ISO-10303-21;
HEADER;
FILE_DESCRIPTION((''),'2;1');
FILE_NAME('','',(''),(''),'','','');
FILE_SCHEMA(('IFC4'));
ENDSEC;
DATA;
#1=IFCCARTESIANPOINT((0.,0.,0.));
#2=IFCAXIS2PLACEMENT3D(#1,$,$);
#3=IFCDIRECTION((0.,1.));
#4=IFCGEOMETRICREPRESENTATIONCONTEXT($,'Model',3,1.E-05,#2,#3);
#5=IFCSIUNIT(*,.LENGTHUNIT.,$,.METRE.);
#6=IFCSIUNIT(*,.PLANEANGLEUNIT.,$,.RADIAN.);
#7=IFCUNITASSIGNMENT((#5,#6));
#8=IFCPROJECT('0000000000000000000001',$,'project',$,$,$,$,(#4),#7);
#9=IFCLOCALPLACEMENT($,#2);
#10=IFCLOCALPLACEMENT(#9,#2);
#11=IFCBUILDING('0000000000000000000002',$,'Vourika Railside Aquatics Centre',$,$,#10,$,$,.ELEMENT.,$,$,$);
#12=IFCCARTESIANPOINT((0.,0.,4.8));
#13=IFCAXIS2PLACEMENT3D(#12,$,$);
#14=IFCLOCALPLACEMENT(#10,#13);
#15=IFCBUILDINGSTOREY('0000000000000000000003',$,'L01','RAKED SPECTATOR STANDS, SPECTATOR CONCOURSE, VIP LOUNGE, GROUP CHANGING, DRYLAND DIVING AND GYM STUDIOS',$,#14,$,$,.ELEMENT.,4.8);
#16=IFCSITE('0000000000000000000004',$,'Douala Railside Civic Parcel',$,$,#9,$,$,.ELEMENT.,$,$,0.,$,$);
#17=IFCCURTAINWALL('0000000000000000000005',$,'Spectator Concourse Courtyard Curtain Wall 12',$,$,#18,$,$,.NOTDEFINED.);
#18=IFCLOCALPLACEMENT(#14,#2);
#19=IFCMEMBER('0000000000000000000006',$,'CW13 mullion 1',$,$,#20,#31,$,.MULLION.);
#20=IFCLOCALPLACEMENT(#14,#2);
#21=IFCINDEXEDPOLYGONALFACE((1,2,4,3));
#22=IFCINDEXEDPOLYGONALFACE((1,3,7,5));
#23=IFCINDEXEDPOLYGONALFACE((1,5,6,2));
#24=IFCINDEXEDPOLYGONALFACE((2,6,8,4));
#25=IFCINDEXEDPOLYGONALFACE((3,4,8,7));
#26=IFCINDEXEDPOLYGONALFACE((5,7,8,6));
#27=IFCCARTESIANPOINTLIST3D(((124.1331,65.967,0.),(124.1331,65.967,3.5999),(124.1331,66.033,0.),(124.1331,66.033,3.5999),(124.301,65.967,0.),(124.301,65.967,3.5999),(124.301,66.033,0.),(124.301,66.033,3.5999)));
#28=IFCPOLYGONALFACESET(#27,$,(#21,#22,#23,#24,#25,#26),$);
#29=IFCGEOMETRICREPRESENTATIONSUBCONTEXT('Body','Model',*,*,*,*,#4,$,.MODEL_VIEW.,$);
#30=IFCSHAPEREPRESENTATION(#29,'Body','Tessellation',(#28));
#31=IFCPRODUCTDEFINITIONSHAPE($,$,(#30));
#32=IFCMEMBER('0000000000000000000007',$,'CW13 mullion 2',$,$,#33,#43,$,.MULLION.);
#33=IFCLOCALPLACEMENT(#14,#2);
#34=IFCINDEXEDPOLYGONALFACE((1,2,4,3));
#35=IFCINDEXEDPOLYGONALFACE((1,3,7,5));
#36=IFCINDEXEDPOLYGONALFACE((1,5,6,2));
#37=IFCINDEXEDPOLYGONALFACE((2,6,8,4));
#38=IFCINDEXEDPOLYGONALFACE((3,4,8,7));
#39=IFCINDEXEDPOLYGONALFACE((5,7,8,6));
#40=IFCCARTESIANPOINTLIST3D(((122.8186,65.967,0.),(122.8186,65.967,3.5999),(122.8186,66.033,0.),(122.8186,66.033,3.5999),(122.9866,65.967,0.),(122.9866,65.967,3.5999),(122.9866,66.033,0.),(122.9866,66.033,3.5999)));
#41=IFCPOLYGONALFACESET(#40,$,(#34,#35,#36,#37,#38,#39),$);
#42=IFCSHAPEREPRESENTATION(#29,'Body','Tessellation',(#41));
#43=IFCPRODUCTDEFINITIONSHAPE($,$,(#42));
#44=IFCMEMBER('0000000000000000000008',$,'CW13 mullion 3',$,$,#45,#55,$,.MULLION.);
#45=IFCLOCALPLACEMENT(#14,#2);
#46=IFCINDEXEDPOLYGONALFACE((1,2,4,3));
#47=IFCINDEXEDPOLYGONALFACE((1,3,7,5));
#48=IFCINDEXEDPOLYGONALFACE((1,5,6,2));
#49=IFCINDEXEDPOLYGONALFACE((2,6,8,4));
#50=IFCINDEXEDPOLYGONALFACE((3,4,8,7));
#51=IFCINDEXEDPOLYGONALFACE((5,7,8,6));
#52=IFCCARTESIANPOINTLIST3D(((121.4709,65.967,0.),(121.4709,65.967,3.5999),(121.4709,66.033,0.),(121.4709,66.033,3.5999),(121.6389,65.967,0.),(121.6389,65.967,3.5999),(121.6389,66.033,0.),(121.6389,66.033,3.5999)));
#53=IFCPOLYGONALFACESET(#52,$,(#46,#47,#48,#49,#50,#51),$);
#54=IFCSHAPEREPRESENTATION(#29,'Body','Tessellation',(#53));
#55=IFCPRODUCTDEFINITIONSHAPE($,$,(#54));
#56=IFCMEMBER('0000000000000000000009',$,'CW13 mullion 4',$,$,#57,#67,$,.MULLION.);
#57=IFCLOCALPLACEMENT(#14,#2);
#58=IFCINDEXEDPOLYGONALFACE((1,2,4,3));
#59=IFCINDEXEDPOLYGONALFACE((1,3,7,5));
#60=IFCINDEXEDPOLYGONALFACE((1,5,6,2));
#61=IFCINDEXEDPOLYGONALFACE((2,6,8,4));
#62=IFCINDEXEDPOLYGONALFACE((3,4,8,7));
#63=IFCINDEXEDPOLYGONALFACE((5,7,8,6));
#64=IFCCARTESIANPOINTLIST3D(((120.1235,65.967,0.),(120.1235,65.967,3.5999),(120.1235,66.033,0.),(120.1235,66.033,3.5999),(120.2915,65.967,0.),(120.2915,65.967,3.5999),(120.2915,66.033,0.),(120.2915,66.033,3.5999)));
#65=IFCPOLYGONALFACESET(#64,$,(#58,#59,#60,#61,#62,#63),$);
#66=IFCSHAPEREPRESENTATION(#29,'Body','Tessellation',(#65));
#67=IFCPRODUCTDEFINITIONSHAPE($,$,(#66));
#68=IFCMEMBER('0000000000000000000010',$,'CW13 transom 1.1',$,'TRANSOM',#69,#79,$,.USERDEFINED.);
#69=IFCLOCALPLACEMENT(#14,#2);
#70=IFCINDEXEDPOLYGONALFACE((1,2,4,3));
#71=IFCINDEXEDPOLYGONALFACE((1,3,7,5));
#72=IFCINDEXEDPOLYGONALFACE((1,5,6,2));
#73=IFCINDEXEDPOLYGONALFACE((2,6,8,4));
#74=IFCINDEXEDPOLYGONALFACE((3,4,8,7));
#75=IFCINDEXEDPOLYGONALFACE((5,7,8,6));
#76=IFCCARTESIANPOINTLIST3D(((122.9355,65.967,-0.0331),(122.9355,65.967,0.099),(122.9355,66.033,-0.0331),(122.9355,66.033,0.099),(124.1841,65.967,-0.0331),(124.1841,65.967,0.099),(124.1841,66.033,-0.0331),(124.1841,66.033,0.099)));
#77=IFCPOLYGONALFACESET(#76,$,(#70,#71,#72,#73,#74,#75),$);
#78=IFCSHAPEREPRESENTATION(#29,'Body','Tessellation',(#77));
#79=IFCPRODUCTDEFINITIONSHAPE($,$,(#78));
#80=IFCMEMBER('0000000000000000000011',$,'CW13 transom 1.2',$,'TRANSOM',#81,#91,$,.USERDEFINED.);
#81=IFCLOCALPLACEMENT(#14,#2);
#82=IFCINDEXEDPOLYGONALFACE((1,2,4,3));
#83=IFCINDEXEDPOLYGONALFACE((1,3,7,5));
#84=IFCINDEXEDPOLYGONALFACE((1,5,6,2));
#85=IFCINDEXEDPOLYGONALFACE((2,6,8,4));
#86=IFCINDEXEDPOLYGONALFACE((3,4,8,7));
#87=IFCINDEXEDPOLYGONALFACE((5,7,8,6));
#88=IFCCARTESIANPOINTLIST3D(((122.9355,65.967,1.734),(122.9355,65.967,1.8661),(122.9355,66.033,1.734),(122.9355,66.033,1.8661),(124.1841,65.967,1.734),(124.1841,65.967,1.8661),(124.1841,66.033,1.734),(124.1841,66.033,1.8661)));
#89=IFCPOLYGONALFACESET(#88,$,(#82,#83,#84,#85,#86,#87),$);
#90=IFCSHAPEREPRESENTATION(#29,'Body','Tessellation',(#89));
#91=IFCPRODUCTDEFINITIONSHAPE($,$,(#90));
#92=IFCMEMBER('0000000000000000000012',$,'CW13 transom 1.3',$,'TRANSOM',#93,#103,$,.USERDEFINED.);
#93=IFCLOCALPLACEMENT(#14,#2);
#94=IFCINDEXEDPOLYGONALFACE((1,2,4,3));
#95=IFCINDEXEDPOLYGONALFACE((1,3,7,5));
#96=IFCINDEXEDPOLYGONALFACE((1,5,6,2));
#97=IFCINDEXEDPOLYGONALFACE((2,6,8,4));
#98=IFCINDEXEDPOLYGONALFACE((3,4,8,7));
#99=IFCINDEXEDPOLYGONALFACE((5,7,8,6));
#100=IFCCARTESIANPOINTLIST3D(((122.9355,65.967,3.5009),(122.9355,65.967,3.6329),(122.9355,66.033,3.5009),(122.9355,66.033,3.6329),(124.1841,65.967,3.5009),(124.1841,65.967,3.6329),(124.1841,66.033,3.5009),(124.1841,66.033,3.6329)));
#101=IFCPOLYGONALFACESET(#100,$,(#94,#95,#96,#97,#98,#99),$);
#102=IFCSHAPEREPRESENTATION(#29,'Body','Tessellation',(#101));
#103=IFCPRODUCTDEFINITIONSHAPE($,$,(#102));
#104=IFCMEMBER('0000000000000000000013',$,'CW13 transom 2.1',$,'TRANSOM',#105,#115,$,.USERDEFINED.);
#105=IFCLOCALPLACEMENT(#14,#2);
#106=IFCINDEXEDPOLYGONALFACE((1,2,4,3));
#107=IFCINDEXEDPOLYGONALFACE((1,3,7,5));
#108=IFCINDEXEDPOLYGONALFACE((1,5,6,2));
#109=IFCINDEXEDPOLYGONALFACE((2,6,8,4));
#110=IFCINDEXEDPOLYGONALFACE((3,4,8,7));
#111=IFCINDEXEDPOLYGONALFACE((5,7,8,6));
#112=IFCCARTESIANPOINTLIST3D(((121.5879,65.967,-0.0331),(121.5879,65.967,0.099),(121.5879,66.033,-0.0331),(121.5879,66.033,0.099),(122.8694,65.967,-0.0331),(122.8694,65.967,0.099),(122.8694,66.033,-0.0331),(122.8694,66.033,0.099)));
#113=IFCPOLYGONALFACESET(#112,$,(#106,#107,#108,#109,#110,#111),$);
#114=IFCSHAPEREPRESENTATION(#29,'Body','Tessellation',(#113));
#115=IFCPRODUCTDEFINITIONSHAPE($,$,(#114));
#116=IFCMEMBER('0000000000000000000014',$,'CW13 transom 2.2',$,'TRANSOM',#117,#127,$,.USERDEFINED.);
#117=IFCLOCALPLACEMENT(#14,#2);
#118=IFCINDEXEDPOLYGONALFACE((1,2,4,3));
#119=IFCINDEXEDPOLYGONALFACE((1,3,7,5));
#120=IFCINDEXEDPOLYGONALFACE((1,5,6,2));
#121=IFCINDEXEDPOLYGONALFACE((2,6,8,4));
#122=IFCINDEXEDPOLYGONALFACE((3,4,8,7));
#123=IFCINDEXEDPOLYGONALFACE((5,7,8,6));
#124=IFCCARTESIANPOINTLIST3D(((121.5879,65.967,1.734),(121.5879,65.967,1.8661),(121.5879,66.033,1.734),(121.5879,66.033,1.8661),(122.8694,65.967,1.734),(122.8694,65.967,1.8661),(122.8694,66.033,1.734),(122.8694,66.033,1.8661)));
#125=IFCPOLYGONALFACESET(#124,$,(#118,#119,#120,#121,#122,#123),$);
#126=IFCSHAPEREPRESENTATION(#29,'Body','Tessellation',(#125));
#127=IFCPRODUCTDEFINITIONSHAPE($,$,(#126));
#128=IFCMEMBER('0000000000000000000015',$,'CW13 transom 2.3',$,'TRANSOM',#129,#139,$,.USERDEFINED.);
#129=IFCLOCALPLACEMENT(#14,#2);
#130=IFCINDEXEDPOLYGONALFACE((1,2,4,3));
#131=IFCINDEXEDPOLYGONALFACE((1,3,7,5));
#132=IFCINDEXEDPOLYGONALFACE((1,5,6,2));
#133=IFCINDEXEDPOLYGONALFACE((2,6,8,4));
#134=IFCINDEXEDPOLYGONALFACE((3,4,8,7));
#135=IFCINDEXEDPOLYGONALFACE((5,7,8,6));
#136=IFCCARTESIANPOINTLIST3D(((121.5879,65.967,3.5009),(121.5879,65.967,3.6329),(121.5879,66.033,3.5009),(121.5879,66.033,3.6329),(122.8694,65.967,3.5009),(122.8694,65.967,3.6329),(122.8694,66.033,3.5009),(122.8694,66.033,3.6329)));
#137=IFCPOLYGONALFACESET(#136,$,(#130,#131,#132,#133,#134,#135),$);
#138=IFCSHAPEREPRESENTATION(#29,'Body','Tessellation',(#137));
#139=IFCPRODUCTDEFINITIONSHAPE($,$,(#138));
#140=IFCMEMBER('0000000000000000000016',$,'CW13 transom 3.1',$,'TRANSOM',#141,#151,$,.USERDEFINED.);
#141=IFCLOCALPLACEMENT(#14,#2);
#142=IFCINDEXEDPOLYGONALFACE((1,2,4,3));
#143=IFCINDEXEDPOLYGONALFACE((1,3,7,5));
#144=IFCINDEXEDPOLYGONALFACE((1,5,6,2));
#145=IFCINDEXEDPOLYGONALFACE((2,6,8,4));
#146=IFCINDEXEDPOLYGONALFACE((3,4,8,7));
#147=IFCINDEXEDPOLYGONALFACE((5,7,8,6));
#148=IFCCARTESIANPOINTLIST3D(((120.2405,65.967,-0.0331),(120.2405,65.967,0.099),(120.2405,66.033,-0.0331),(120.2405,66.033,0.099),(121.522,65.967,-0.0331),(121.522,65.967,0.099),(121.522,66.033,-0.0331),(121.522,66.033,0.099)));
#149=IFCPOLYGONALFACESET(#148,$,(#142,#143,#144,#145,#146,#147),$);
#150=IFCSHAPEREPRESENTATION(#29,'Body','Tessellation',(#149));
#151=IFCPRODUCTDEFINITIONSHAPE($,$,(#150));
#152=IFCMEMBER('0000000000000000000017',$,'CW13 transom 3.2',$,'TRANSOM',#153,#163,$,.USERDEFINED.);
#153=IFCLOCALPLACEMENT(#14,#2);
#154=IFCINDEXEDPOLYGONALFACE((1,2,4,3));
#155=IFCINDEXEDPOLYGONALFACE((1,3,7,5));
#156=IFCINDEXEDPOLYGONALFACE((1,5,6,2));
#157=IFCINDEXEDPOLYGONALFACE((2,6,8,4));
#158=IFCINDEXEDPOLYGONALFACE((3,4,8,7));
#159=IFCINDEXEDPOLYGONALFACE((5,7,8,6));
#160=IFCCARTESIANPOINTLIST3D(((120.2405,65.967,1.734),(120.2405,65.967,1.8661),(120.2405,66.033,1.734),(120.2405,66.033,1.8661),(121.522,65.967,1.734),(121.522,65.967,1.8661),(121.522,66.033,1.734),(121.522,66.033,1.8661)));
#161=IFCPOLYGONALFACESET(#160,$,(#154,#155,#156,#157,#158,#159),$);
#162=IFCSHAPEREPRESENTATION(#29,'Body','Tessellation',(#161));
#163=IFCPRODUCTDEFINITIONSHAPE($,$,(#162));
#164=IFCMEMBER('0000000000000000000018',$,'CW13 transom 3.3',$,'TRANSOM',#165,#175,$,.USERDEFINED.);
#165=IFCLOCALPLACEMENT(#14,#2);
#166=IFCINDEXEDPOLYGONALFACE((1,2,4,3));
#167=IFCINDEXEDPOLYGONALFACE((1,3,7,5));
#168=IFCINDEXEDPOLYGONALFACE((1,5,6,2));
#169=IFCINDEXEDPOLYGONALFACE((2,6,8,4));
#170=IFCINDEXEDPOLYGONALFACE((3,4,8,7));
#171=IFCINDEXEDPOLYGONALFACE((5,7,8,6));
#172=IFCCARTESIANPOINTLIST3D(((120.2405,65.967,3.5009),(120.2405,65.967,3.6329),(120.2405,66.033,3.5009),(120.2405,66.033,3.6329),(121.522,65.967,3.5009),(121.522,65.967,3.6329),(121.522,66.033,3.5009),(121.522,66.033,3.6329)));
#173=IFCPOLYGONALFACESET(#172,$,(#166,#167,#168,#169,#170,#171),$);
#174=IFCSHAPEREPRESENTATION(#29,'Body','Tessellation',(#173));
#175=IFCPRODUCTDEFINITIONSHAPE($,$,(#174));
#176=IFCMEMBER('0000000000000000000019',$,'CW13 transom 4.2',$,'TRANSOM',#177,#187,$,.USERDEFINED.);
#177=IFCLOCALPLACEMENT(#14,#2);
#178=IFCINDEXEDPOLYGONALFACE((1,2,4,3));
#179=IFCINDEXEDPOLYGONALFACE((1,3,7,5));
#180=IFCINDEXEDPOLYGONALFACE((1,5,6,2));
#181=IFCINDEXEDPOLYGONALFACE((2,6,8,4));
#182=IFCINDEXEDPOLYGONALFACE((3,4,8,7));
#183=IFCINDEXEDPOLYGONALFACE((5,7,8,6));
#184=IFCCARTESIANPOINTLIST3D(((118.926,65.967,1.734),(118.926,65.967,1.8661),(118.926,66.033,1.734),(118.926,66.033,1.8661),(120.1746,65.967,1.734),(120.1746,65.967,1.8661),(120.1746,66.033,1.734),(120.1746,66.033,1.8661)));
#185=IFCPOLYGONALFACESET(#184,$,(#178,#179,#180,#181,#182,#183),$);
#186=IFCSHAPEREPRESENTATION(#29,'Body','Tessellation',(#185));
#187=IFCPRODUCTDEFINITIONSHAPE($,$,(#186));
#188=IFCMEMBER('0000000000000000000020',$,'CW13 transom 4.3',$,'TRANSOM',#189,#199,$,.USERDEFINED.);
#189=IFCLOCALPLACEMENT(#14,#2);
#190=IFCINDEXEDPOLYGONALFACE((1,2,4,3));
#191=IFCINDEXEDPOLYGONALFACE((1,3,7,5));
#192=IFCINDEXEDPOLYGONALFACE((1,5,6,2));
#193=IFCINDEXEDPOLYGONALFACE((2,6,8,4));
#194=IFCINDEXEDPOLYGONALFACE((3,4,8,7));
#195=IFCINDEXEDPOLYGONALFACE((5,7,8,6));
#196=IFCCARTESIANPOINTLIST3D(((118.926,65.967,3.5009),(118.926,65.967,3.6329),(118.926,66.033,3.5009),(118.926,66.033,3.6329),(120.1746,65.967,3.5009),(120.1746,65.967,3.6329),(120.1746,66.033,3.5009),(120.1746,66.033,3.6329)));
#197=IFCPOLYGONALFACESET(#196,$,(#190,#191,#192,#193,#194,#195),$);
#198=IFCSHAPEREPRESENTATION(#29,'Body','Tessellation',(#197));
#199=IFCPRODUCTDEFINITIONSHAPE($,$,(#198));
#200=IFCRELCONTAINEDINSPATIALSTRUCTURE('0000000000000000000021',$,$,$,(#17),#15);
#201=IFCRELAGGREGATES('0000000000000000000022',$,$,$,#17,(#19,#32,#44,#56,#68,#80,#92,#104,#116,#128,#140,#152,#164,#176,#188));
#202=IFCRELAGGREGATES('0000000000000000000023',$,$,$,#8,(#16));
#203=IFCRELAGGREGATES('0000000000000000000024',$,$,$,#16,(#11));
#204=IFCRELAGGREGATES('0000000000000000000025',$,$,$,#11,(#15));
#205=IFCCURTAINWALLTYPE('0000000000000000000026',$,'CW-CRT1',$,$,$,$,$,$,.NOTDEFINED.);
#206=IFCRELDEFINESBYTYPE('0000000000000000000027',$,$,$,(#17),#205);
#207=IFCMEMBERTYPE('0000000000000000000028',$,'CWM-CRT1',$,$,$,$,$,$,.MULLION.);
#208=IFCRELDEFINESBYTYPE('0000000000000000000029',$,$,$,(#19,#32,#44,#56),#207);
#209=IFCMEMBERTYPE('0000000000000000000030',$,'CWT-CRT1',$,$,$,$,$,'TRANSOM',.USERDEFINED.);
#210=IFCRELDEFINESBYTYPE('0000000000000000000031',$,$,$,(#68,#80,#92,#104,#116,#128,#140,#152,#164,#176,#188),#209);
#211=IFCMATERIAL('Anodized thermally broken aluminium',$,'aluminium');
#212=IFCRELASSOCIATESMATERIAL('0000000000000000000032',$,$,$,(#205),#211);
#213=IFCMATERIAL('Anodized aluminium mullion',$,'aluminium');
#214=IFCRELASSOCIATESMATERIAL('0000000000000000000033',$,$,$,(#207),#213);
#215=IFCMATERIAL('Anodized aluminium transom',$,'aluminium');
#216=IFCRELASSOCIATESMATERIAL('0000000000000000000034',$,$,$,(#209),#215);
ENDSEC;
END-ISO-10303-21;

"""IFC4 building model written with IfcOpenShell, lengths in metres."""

from ifc_helpers import new_model, si_unit, direction, frame, origin, origin_2d, place, context, subcontext, project, spatial, rectangle, extrude, material, material_profile, profile_set, type_object, element, aggregate, save


model = new_model("IFC4")

# Units and contexts
model_context = context("Model", 3, precision=1e-05, world=origin(), true_north=direction((0.0, 1.0)))
body_context = subcontext(model_context, "Body", "Model", "MODEL_VIEW")
ifc_project = project(units=[si_unit("LENGTHUNIT", "METRE"), si_unit("PLANEANGLEUNIT", "RADIAN")], contexts=[model_context])

# Site, building, storey
site_placement = place(None, origin())
site = spatial("IfcSite", under=ifc_project, at=site_placement, Name="Douala Railside Civic Parcel", CompositionType="ELEMENT", RefElevation=0.0)
building_placement = place(site_placement, origin())
building = spatial("IfcBuilding", under=site, at=building_placement, Name="Vourika Railside Aquatics Centre", CompositionType="ELEMENT")
storey_placement = place(building_placement, frame((0.0, 0.0, 4.8)))
storey = spatial("IfcBuildingStorey", under=building, at=storey_placement, Name="L01", Description="RAKED SPECTATOR STANDS, SPECTATOR CONCOURSE, VIP LOUNGE, GROUP CHANGING, DRYLAND DIVING AND GYM STUDIOS", CompositionType="ELEMENT", Elevation=4.8)

# Curtain wall, members
ifc_material_1 = material(Name="Anodized thermally broken aluminium", Category="aluminium")
curtain_wall_type = type_object("IfcCurtainWallType", Name="CW-CRT1", PredefinedType="NOTDEFINED", material=ifc_material_1)
curtain_wall_placement = place(storey_placement, origin())
curtain_wall = element("IfcCurtainWall", 1, at=curtain_wall_placement, inside=storey, type_object=curtain_wall_type, Name="Spectator Concourse Courtyard Curtain Wall 12", PredefinedType="NOTDEFINED")
ifc_material_2 = material(Name="Anodized aluminium mullion", Category="aluminium")
ifc_material_profile_1 = material_profile(ifc_material_2, rectangle(XDim=0.0659, YDim=0.168, at=origin_2d()), Name="ALU-M 66x168")
ifc_profile_set_1 = profile_set([ifc_material_profile_1], Name="Anodized aluminium mullion")
member_type_1 = type_object("IfcMemberType", Name="CWM-CRT1", PredefinedType="MULLION", material=ifc_profile_set_1)
member_1_placement = place(storey_placement, frame((124.217, 66.0, 0.0), z_axis=(0.0, 0.0, 1.0), x_axis=(0.0, -1.0, 0.0)))
member_1 = element("IfcMember", 2, at=member_1_placement, type_object=member_type_1, Name="CW13 mullion 1", PredefinedType="MULLION", context=body_context, shape_type="SweptSolid", body=[
    extrude(rectangle(XDim=0.0659, YDim=0.168, at=origin_2d()), origin(), (0.0, 0.0, 1.0), 3.5999),
])
member_2_placement = place(storey_placement, frame((122.9026, 66.0, 0.0), z_axis=(0.0, 0.0, 1.0), x_axis=(0.0, -1.0, 0.0)))
member_2 = element("IfcMember", 3, at=member_2_placement, type_object=member_type_1, Name="CW13 mullion 2", PredefinedType="MULLION", context=body_context, shape_type="SweptSolid", body=[
    extrude(rectangle(XDim=0.0659, YDim=0.168, at=origin_2d()), origin(), (0.0, 0.0, 1.0), 3.5999),
])
member_3_placement = place(storey_placement, frame((121.5549, 66.0, 0.0), z_axis=(0.0, 0.0, 1.0), x_axis=(0.0, -1.0, 0.0)))
member_3 = element("IfcMember", 4, at=member_3_placement, type_object=member_type_1, Name="CW13 mullion 3", PredefinedType="MULLION", context=body_context, shape_type="SweptSolid", body=[
    extrude(rectangle(XDim=0.0659, YDim=0.168, at=origin_2d()), origin(), (0.0, 0.0, 1.0), 3.5999),
])
member_4_placement = place(storey_placement, frame((120.2075, 66.0, 0.0), z_axis=(0.0, 0.0, 1.0), x_axis=(0.0, -1.0, 0.0)))
member_4 = element("IfcMember", 5, at=member_4_placement, type_object=member_type_1, Name="CW13 mullion 4", PredefinedType="MULLION", context=body_context, shape_type="SweptSolid", body=[
    extrude(rectangle(XDim=0.0659, YDim=0.168, at=origin_2d()), origin(), (0.0, 0.0, 1.0), 3.5999),
])
ifc_material_3 = material(Name="Anodized aluminium transom", Category="aluminium")
ifc_material_profile_2 = material_profile(ifc_material_3, rectangle(XDim=0.0659, YDim=0.1321, at=origin_2d()), Name="ALU-T 66x132")
ifc_profile_set_2 = profile_set([ifc_material_profile_2], Name="Anodized aluminium transom")
member_type_2 = type_object("IfcMemberType", Name="CWT-CRT1", ElementType="TRANSOM", PredefinedType="USERDEFINED", material=ifc_profile_set_2)
member_5_placement = place(storey_placement, frame((124.1841, 66.0, 0.033), z_axis=(-1.0, 0.0, 0.0), x_axis=(0.0, -1.0, 0.0)))
member_5 = element("IfcMember", 6, at=member_5_placement, type_object=member_type_2, Name="CW13 transom 1.1", ObjectType="TRANSOM", PredefinedType="USERDEFINED", context=body_context, shape_type="SweptSolid", body=[
    extrude(rectangle(XDim=0.0659, YDim=0.1321, at=origin_2d()), origin(), (0.0, 0.0, 1.0), 1.2485),
])
member_6_placement = place(storey_placement, frame((124.1841, 66.0, 1.8), z_axis=(-1.0, 0.0, 0.0), x_axis=(0.0, -1.0, 0.0)))
member_6 = element("IfcMember", 7, at=member_6_placement, type_object=member_type_2, Name="CW13 transom 1.2", ObjectType="TRANSOM", PredefinedType="USERDEFINED", context=body_context, shape_type="SweptSolid", body=[
    extrude(rectangle(XDim=0.0659, YDim=0.1321, at=origin_2d()), origin(), (0.0, 0.0, 1.0), 1.2485),
])
member_7_placement = place(storey_placement, frame((124.1841, 66.0, 3.5669), z_axis=(-1.0, 0.0, 0.0), x_axis=(0.0, -1.0, 0.0)))
member_7 = element("IfcMember", 8, at=member_7_placement, type_object=member_type_2, Name="CW13 transom 1.3", ObjectType="TRANSOM", PredefinedType="USERDEFINED", context=body_context, shape_type="SweptSolid", body=[
    extrude(rectangle(XDim=0.0659, YDim=0.1321, at=origin_2d()), origin(), (0.0, 0.0, 1.0), 1.2485),
])
member_8_placement = place(storey_placement, frame((122.8694, 66.0, 0.033), z_axis=(-1.0, 0.0, 0.0), x_axis=(0.0, -1.0, 0.0)))
member_8 = element("IfcMember", 9, at=member_8_placement, type_object=member_type_2, Name="CW13 transom 2.1", ObjectType="TRANSOM", PredefinedType="USERDEFINED", context=body_context, shape_type="SweptSolid", body=[
    extrude(rectangle(XDim=0.0659, YDim=0.1321, at=origin_2d()), origin(), (0.0, 0.0, 1.0), 1.2815),
])
member_9_placement = place(storey_placement, frame((122.8694, 66.0, 1.8), z_axis=(-1.0, 0.0, 0.0), x_axis=(0.0, -1.0, 0.0)))
member_9 = element("IfcMember", 10, at=member_9_placement, type_object=member_type_2, Name="CW13 transom 2.2", ObjectType="TRANSOM", PredefinedType="USERDEFINED", context=body_context, shape_type="SweptSolid", body=[
    extrude(rectangle(XDim=0.0659, YDim=0.1321, at=origin_2d()), origin(), (0.0, 0.0, 1.0), 1.2815),
])
member_10_placement = place(storey_placement, frame((122.8694, 66.0, 3.5669), z_axis=(-1.0, 0.0, 0.0), x_axis=(0.0, -1.0, 0.0)))
member_10 = element("IfcMember", 11, at=member_10_placement, type_object=member_type_2, Name="CW13 transom 2.3", ObjectType="TRANSOM", PredefinedType="USERDEFINED", context=body_context, shape_type="SweptSolid", body=[
    extrude(rectangle(XDim=0.0659, YDim=0.1321, at=origin_2d()), origin(), (0.0, 0.0, 1.0), 1.2815),
])
member_11_placement = place(storey_placement, frame((121.522, 66.0, 0.033), z_axis=(-1.0, 0.0, 0.0), x_axis=(0.0, -1.0, 0.0)))
member_11 = element("IfcMember", 12, at=member_11_placement, type_object=member_type_2, Name="CW13 transom 3.1", ObjectType="TRANSOM", PredefinedType="USERDEFINED", context=body_context, shape_type="SweptSolid", body=[
    extrude(rectangle(XDim=0.0659, YDim=0.1321, at=origin_2d()), origin(), (0.0, 0.0, 1.0), 1.2815),
])
member_12_placement = place(storey_placement, frame((121.522, 66.0, 1.8), z_axis=(-1.0, 0.0, 0.0), x_axis=(0.0, -1.0, 0.0)))
member_12 = element("IfcMember", 13, at=member_12_placement, type_object=member_type_2, Name="CW13 transom 3.2", ObjectType="TRANSOM", PredefinedType="USERDEFINED", context=body_context, shape_type="SweptSolid", body=[
    extrude(rectangle(XDim=0.0659, YDim=0.1321, at=origin_2d()), origin(), (0.0, 0.0, 1.0), 1.2815),
])
member_13_placement = place(storey_placement, frame((121.522, 66.0, 3.5669), z_axis=(-1.0, 0.0, 0.0), x_axis=(0.0, -1.0, 0.0)))
member_13 = element("IfcMember", 14, at=member_13_placement, type_object=member_type_2, Name="CW13 transom 3.3", ObjectType="TRANSOM", PredefinedType="USERDEFINED", context=body_context, shape_type="SweptSolid", body=[
    extrude(rectangle(XDim=0.0659, YDim=0.1321, at=origin_2d()), origin(), (0.0, 0.0, 1.0), 1.2815),
])
member_14_placement = place(storey_placement, frame((120.1746, 66.0, 1.8), z_axis=(-1.0, 0.0, 0.0), x_axis=(0.0, -1.0, 0.0)))
member_14 = element("IfcMember", 15, at=member_14_placement, type_object=member_type_2, Name="CW13 transom 4.2", ObjectType="TRANSOM", PredefinedType="USERDEFINED", context=body_context, shape_type="SweptSolid", body=[
    extrude(rectangle(XDim=0.0659, YDim=0.1321, at=origin_2d()), origin(), (0.0, 0.0, 1.0), 1.2485),
])
member_15_placement = place(storey_placement, frame((120.1746, 66.0, 3.5669), z_axis=(-1.0, 0.0, 0.0), x_axis=(0.0, -1.0, 0.0)))
member_15 = element("IfcMember", 16, at=member_15_placement, type_object=member_type_2, Name="CW13 transom 4.3", ObjectType="TRANSOM", PredefinedType="USERDEFINED", context=body_context, shape_type="SweptSolid", body=[
    extrude(rectangle(XDim=0.0659, YDim=0.1321, at=origin_2d()), origin(), (0.0, 0.0, 1.0), 1.2485),
])
aggregate(curtain_wall, [member_1, member_2, member_3, member_4, member_5, member_6, member_7, member_8, member_9, member_10, member_11, member_12, member_13, member_14, member_15])

save(model, "model.ifc")
